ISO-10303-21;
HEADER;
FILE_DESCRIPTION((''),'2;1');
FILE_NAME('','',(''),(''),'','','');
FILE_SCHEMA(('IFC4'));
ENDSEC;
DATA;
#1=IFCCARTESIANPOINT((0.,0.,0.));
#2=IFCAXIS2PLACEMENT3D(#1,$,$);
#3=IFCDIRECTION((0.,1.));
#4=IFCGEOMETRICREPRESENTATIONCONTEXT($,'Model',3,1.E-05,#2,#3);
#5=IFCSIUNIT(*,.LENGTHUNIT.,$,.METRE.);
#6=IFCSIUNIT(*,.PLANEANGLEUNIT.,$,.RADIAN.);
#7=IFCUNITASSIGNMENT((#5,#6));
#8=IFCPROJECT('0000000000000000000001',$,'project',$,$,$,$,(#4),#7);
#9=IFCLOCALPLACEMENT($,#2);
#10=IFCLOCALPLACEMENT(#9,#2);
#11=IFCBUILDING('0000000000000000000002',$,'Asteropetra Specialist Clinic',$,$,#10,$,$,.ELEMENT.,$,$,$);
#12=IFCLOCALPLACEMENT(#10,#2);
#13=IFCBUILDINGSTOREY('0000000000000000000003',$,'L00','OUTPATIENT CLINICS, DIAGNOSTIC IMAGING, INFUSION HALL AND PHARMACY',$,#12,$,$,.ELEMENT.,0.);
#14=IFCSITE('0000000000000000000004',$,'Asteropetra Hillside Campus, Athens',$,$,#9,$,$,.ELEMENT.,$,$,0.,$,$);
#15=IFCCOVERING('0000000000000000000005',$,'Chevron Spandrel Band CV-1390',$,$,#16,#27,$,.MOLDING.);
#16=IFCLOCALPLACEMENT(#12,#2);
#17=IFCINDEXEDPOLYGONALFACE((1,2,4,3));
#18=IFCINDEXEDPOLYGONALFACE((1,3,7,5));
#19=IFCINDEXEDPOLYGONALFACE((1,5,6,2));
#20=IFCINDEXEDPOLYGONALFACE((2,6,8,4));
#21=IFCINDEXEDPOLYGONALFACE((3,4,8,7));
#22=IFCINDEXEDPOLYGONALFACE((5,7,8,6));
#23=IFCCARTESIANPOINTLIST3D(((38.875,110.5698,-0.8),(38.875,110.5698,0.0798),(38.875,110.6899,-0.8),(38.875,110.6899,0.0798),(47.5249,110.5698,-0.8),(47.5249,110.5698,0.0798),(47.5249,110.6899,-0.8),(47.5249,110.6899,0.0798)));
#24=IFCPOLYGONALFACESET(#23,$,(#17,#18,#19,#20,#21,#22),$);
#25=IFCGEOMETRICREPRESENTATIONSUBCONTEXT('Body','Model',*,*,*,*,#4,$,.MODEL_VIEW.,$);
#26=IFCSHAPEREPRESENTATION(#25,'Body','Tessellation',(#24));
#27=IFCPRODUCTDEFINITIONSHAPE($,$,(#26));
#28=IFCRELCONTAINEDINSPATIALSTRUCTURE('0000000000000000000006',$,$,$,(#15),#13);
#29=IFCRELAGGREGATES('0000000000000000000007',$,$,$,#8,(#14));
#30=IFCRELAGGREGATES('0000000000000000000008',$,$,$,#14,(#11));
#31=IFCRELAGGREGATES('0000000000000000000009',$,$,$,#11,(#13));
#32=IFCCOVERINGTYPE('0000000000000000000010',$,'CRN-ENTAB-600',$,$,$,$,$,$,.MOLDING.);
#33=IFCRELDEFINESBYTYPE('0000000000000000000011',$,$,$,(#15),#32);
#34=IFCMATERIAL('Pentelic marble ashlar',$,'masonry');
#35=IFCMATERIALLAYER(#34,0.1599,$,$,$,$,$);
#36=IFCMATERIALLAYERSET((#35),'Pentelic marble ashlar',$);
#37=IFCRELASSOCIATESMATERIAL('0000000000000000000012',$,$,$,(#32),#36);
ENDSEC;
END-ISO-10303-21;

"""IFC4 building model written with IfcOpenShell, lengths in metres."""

from ifc_helpers import new_model, si_unit, direction, frame, origin, origin_2d, place, context, subcontext, project, spatial, rectangle, extrude, material, layer, layer_set, type_object, element, save


model = new_model("IFC4")

# Units and contexts
model_context = context("Model", 3, precision=1e-05, world=origin(), true_north=direction((0.0, 1.0)))
body_context = subcontext(model_context, "Body", "Model", "MODEL_VIEW")
ifc_project = project(units=[si_unit("LENGTHUNIT", "METRE"), si_unit("PLANEANGLEUNIT", "RADIAN")], contexts=[model_context])

# Site, building, storey
site_placement = place(None, origin())
site = spatial("IfcSite", under=ifc_project, at=site_placement, Name="Asteropetra Hillside Campus, Athens", CompositionType="ELEMENT", RefElevation=0.0)
building_placement = place(site_placement, origin())
building = spatial("IfcBuilding", under=site, at=building_placement, Name="Asteropetra Specialist Clinic", CompositionType="ELEMENT")
storey_placement = place(building_placement, origin())
storey = spatial("IfcBuildingStorey", under=building, at=storey_placement, Name="L00", Description="OUTPATIENT CLINICS, DIAGNOSTIC IMAGING, INFUSION HALL AND PHARMACY", CompositionType="ELEMENT", Elevation=0.0)

# Covering
ifc_material_1 = material(Name="Pentelic marble ashlar", Category="masonry")
ifc_layer_1 = layer(ifc_material_1, 0.1599)
ifc_layer_set_1 = layer_set([ifc_layer_1], Name="Pentelic marble ashlar")
covering_type = type_object("IfcCoveringType", Name="CRN-ENTAB-600", PredefinedType="MOLDING", material=ifc_layer_set_1)
covering_1_placement = place(storey_placement, frame((43.2, 110.6299, -0.8), z_axis=(0.0, 0.0, 1.0), x_axis=(1.0, 0.0, 0.0)))
element("IfcCovering", 1, at=covering_1_placement, inside=storey, type_object=covering_type, Name="Chevron Spandrel Band CV-1390", PredefinedType="MOLDING", context=body_context, shape_type="SweptSolid", body=[
    extrude(rectangle(XDim=8.6499, YDim=0.1201, at=origin_2d()), origin(), (0.0, 0.0, 1.0), 0.8799),
])

save(model, "model.ifc")
